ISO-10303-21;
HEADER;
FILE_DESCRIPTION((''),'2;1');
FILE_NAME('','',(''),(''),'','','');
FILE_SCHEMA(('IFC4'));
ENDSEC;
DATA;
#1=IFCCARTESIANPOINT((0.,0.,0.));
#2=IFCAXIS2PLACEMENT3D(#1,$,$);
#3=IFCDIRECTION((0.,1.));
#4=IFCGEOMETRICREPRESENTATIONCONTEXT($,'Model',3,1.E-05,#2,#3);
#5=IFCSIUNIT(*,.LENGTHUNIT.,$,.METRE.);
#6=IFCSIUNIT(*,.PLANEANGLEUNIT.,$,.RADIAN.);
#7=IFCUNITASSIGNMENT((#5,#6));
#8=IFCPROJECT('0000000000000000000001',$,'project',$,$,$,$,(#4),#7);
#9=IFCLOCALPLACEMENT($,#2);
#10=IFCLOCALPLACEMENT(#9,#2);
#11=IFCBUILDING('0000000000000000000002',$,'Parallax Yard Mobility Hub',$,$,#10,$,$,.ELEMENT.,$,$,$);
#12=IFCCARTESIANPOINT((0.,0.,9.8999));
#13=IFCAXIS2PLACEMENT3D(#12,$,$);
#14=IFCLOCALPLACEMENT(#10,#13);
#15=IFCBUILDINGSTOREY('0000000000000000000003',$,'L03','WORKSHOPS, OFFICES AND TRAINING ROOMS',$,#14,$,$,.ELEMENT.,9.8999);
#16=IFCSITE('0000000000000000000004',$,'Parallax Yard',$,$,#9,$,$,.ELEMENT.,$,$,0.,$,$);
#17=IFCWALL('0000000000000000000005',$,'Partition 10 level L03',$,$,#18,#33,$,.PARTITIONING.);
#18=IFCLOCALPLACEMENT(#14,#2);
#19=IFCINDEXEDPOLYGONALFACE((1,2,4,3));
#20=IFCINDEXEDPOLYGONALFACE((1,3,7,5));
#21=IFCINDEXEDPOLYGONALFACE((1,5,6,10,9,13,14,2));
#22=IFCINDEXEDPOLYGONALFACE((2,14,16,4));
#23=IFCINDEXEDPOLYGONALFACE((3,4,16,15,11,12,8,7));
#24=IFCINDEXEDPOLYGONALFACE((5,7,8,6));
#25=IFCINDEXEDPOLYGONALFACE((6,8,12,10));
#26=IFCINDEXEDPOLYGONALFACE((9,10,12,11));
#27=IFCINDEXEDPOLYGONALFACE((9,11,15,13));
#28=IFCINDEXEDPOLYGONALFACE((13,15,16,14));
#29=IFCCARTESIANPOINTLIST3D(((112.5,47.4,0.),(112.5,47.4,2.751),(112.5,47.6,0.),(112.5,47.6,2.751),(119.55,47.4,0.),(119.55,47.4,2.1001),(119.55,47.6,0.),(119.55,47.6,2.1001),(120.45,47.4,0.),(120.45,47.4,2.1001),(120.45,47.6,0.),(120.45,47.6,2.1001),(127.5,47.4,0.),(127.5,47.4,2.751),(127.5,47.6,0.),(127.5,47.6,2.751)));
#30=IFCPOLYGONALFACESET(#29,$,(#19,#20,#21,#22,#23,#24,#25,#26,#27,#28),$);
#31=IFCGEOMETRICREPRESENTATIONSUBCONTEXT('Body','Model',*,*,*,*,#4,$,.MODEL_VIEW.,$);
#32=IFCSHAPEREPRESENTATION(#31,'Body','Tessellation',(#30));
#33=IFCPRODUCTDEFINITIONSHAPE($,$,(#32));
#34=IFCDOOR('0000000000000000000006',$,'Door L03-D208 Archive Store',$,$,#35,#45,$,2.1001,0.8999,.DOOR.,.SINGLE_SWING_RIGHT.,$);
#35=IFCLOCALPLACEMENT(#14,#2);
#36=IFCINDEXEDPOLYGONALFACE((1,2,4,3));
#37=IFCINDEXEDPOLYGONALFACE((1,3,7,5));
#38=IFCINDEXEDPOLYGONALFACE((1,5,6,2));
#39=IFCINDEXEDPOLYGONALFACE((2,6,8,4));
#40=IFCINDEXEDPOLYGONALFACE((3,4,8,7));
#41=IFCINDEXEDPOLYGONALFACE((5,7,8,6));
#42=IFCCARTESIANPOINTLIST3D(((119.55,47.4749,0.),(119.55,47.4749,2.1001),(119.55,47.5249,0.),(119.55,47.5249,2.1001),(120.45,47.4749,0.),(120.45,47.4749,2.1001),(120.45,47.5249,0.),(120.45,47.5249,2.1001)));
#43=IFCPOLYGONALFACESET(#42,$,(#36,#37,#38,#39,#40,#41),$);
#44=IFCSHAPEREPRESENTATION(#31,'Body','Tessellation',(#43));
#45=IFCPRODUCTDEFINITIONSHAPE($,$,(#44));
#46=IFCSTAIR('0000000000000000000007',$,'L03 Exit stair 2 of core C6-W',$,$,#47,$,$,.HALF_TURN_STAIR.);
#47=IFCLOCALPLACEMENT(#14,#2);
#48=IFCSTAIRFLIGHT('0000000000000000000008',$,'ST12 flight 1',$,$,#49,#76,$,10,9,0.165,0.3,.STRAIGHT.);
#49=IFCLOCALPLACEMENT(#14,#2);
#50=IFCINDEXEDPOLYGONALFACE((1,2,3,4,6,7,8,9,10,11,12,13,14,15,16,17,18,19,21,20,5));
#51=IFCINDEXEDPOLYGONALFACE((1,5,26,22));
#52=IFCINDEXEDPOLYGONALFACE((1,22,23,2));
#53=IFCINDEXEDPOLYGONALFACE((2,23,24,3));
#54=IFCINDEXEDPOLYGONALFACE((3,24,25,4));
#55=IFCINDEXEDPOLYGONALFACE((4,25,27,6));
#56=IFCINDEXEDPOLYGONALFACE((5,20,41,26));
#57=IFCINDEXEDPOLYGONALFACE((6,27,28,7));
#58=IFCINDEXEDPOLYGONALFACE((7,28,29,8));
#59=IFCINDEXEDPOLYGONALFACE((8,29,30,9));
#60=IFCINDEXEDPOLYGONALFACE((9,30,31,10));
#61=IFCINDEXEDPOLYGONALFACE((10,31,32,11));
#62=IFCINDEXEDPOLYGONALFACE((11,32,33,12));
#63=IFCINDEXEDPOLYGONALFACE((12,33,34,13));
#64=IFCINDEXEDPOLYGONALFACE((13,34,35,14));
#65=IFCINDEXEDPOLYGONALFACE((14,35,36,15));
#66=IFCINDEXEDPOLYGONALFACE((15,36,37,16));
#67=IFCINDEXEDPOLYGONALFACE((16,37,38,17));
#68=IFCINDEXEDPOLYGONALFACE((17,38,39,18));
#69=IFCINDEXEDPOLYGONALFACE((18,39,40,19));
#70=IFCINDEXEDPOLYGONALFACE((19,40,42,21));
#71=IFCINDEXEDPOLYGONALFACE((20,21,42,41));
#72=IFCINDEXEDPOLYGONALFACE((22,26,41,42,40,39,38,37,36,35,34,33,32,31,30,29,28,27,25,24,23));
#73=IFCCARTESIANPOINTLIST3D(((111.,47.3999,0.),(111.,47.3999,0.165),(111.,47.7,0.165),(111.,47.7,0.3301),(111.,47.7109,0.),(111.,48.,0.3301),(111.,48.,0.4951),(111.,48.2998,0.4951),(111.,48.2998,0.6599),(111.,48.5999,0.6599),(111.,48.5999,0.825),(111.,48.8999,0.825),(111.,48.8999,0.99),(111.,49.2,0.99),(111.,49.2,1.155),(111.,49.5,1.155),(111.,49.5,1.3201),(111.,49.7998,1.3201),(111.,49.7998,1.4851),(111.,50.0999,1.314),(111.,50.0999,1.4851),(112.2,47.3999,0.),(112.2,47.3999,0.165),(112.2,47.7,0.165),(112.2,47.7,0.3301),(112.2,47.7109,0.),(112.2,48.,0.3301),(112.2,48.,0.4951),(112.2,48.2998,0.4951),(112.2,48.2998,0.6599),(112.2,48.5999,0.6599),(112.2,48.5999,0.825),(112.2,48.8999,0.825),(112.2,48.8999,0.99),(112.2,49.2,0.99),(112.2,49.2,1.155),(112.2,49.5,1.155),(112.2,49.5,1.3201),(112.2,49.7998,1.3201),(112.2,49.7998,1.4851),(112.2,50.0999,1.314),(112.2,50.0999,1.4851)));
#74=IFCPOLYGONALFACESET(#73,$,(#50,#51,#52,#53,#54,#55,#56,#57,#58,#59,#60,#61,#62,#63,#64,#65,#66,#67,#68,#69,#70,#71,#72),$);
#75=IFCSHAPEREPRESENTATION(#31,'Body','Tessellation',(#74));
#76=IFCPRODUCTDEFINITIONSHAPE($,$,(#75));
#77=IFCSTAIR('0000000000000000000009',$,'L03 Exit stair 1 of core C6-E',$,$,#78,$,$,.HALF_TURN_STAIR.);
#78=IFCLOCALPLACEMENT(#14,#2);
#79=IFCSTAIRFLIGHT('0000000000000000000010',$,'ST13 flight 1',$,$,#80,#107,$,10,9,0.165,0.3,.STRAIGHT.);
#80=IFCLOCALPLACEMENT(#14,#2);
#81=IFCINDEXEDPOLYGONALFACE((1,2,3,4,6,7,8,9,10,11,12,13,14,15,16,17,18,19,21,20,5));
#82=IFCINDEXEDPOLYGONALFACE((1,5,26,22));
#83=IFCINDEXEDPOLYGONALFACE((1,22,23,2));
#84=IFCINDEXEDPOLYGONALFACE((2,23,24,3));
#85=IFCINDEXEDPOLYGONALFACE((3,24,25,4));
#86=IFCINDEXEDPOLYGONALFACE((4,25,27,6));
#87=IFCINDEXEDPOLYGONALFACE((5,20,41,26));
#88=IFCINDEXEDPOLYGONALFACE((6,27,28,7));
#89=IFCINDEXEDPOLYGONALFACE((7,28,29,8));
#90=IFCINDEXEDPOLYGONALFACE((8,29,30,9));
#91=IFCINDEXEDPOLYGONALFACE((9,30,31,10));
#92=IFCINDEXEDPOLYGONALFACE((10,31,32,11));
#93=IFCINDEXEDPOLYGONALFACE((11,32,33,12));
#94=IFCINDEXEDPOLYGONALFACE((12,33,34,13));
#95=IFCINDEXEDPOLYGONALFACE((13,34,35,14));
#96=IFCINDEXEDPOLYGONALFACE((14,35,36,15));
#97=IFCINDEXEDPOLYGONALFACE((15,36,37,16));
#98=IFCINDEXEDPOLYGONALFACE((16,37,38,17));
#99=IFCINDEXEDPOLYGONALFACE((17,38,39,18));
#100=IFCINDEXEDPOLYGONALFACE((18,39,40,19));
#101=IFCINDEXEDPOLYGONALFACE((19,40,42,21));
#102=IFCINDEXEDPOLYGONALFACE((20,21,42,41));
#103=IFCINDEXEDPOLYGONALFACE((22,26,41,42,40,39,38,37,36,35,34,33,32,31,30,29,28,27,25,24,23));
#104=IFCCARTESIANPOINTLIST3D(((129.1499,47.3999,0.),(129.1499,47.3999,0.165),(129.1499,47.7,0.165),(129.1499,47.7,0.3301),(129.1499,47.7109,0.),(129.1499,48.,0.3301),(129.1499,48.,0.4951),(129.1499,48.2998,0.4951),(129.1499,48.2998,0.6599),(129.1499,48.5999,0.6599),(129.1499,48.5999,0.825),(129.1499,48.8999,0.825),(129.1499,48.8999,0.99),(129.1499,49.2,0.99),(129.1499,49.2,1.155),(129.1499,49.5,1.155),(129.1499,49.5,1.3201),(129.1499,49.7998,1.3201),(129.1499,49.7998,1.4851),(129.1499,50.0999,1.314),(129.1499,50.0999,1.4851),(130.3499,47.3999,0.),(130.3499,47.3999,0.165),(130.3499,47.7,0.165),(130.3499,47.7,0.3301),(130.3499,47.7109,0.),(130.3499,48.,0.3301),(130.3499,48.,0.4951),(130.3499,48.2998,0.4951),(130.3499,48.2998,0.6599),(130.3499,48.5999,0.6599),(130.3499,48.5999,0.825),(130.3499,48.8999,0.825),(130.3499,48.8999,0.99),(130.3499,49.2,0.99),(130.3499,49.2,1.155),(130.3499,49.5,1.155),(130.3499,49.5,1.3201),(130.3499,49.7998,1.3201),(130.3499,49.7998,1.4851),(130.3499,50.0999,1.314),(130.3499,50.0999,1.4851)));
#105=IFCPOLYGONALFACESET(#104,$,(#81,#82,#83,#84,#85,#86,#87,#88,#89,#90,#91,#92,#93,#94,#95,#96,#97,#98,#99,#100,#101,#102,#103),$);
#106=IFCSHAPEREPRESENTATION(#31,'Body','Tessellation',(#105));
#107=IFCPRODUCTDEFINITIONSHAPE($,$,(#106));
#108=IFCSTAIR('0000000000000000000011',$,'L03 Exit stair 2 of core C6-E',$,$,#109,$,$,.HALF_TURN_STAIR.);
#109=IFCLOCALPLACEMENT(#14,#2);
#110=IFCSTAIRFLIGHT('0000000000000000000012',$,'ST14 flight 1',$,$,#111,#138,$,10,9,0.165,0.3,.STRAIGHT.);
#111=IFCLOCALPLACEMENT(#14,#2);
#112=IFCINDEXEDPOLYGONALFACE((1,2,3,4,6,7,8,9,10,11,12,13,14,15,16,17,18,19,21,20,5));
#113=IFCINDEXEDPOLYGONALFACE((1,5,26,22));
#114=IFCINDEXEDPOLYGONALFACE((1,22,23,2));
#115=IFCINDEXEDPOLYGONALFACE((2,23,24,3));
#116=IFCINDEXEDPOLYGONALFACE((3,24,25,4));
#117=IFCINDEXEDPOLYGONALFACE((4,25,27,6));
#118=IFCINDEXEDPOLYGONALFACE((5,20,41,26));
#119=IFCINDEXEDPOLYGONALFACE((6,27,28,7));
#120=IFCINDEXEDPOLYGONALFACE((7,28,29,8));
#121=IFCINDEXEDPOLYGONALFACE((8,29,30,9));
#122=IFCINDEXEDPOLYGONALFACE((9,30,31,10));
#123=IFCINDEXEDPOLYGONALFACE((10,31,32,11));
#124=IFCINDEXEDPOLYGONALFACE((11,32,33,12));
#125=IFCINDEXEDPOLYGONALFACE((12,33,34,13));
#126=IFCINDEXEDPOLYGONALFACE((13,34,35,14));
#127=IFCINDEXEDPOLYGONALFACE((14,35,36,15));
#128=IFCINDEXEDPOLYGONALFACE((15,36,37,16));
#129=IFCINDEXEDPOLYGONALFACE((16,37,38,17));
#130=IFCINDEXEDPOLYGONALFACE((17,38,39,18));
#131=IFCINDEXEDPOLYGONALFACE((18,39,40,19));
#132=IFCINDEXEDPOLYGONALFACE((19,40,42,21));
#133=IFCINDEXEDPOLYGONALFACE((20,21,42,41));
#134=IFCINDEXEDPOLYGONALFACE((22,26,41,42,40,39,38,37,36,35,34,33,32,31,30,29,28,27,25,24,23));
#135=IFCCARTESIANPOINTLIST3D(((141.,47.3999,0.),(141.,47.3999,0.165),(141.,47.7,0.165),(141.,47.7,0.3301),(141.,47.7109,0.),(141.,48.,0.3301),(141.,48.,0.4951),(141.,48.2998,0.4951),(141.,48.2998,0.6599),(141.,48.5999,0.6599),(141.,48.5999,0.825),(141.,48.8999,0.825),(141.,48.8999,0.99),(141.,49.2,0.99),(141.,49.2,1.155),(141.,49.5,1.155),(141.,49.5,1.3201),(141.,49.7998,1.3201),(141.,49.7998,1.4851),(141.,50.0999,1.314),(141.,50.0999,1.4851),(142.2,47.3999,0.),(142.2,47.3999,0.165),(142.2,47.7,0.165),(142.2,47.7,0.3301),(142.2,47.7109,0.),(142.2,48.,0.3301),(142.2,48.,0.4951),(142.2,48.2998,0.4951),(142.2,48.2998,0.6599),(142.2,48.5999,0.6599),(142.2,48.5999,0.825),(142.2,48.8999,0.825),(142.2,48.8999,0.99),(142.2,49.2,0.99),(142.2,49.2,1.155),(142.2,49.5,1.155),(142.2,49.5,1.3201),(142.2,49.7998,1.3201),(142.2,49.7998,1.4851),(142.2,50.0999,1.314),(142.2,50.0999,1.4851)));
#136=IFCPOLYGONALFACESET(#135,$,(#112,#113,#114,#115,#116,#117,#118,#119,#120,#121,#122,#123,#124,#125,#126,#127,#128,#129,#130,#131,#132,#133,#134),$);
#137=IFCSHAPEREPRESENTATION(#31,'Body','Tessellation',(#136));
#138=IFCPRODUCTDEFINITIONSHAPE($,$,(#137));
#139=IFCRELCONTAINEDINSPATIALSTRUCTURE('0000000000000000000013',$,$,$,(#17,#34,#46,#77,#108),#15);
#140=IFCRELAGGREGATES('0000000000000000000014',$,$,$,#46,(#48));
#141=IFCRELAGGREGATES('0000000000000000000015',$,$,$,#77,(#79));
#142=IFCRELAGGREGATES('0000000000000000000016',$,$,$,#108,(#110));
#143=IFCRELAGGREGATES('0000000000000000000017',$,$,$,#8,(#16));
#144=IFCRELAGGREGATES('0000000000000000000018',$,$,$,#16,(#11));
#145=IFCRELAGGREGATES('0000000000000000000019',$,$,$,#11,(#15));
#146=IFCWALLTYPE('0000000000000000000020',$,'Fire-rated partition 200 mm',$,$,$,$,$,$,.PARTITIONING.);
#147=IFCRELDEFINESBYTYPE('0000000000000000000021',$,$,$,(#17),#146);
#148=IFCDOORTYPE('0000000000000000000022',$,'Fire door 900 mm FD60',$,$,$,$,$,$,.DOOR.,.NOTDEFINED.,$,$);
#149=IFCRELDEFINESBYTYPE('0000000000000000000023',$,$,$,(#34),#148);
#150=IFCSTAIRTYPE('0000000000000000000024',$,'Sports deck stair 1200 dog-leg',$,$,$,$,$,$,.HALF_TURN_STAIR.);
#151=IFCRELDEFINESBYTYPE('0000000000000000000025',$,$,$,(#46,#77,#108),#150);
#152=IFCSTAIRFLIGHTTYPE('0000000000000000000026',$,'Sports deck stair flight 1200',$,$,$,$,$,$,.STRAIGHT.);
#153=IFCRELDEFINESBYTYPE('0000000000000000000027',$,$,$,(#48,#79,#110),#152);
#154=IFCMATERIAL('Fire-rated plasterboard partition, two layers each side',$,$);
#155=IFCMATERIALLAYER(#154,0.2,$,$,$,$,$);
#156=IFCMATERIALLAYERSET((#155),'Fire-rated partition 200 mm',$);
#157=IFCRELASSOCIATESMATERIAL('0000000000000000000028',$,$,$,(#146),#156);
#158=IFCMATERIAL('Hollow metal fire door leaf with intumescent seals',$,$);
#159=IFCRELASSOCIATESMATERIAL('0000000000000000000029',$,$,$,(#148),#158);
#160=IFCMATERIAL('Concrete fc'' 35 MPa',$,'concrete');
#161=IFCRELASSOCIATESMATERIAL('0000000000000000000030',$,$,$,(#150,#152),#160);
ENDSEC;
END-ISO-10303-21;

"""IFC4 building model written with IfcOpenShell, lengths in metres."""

from ifc_helpers import new_model, si_unit, direction, frame, frame_2d, origin, place, context, subcontext, project, spatial, polyline, rectangle, outline, extrude, material, layer, layer_set, type_object, element, fill, aggregate, save


model = new_model("IFC4")

# Units and contexts
model_context = context("Model", 3, precision=1e-05, world=origin(), true_north=direction((0.0, 1.0)))
body_context = subcontext(model_context, "Body", "Model", "MODEL_VIEW")
ifc_project = project(units=[si_unit("LENGTHUNIT", "METRE"), si_unit("PLANEANGLEUNIT", "RADIAN")], contexts=[model_context])

# Site, building, storey
site_placement = place(None, origin())
site = spatial("IfcSite", under=ifc_project, at=site_placement, Name="Parallax Yard", CompositionType="ELEMENT", RefElevation=0.0)
building_placement = place(site_placement, origin())
building = spatial("IfcBuilding", under=site, at=building_placement, Name="Parallax Yard Mobility Hub", CompositionType="ELEMENT")
storey_placement = place(building_placement, frame((0.0, 0.0, 9.8999)))
storey = spatial("IfcBuildingStorey", under=building, at=storey_placement, Name="L03", Description="WORKSHOPS, OFFICES AND TRAINING ROOMS", CompositionType="ELEMENT", Elevation=9.8999)

# Shared definitions
ifc_material_1 = material(Name="Concrete fc' 35 MPa", Category="concrete")

# Wall, opening, door
ifc_material_2 = material(Name="Fire-rated plasterboard partition, two layers each side")
ifc_layer_1 = layer(ifc_material_2, 0.2)
ifc_layer_set_1 = layer_set([ifc_layer_1], Name="Fire-rated partition 200 mm")
wall_type_1 = type_object("IfcWallType", Name="Fire-rated partition 200 mm", PredefinedType="PARTITIONING", material=ifc_layer_set_1)
wall_1_placement = place(storey_placement, frame((112.5, 47.5, 0.0), z_axis=(0.0, 0.0, 1.0), x_axis=(1.0, 0.0, 0.0)))
wall_1 = element("IfcWall", 1, at=wall_1_placement, inside=storey, type_object=wall_type_1, Name="Partition 10 level L03", PredefinedType="PARTITIONING", context=body_context, shape_type="SweptSolid", body=[
    extrude(rectangle(XDim=15.0, YDim=0.2, at=frame_2d((7.5, 0.0))), origin(), (0.0, 0.0, 1.0), 2.751),
])
opening_1_placement = place(wall_1_placement, frame((7.05, 0.0, 0.0)))
opening_1 = element("IfcOpeningElement", 2, at=opening_1_placement, cuts=wall_1, PredefinedType="OPENING", context=body_context, shape_type="SweptSolid", body=[
    extrude(rectangle(XDim=0.8999, YDim=2.1001, at=frame_2d((0.45, 1.05))), frame((0.0, 0.1099, 0.0), z_axis=(0.0, -1.0, 0.0), x_axis=(1.0, 0.0, 0.0)), (0.0, 0.0, 1.0), 0.22),
])
ifc_material_3 = material(Name="Hollow metal fire door leaf with intumescent seals")
door_type_1 = type_object("IfcDoorType", Name="Fire door 900 mm FD60", OperationType="NOTDEFINED", PredefinedType="DOOR", material=ifc_material_3)
door_1_placement = place(opening_1_placement, origin())
door_1 = element("IfcDoor", 3, at=door_1_placement, inside=storey, type_object=door_type_1, Name="Door L03-D208 Archive Store", OperationType="SINGLE_SWING_RIGHT", OverallHeight=2.1001, OverallWidth=0.8999, PredefinedType="DOOR", context=body_context, shape_type="SweptSolid", body=[
    extrude(rectangle(XDim=0.8999, YDim=2.1001, at=frame_2d((0.45, 1.05))), frame((0.0, 0.0249, 0.0), z_axis=(0.0, -1.0, 0.0), x_axis=(1.0, 0.0, 0.0)), (0.0, 0.0, 1.0), 0.05),
])
fill(opening_1, door_1)

# Stairs, stair flights
stair_type = type_object("IfcStairType", Name="Sports deck stair 1200 dog-leg", PredefinedType="HALF_TURN_STAIR", material=ifc_material_1)
stair_1_placement = place(storey_placement, origin())
stair_1 = element("IfcStair", 4, at=stair_1_placement, inside=storey, type_object=stair_type, Name="L03 Exit stair 2 of core C6-W", PredefinedType="HALF_TURN_STAIR")
stair_flight_type = type_object("IfcStairFlightType", Name="Sports deck stair flight 1200", PredefinedType="STRAIGHT", material=ifc_material_1)
stair_flight_1_placement = place(storey_placement, frame((111.6001, 47.3999, 0.0), z_axis=(0.0, 0.0, 1.0), x_axis=(0.0, 1.0, 0.0)))
stair_flight_1 = element("IfcStairFlight", 5, at=stair_flight_1_placement, type_object=stair_flight_type, Name="ST12 flight 1", NumberOfRisers=10, NumberOfTreads=9, PredefinedType="STRAIGHT", RiserHeight=0.165, TreadLength=0.3, context=body_context, shape_type="SweptSolid", body=[
    extrude(outline(polyline([(0.0, 0.0), (0.0, 0.165), (0.3, 0.165), (0.3, 0.3301), (0.6001, 0.3301), (0.6001, 0.4951), (0.8999, 0.4951), (0.8999, 0.6599), (1.2, 0.6599), (1.2, 0.825), (1.5, 0.825), (1.5, 0.99), (1.8, 0.99), (1.8, 1.155), (2.1001, 1.155), (2.1001, 1.3201), (2.3999, 1.3201), (2.3999, 1.4851), (2.7, 1.4851), (2.7, 1.6499), (2.7, 1.314), (0.311, 0.0), (0.0, 0.0)])), frame((0.0, 0.6001, 0.0), z_axis=(0.0, -1.0, 0.0), x_axis=(1.0, 0.0, 0.0)), (0.0, 0.0, 1.0), 1.2),
])
aggregate(stair_1, [stair_flight_1])
stair_2_placement = place(storey_placement, origin())
stair_2 = element("IfcStair", 6, at=stair_2_placement, inside=storey, type_object=stair_type, Name="L03 Exit stair 1 of core C6-E", PredefinedType="HALF_TURN_STAIR")
stair_flight_2_placement = place(storey_placement, frame((129.75, 47.3999, 0.0), z_axis=(0.0, 0.0, 1.0), x_axis=(0.0, 1.0, 0.0)))
stair_flight_2 = element("IfcStairFlight", 7, at=stair_flight_2_placement, type_object=stair_flight_type, Name="ST13 flight 1", NumberOfRisers=10, NumberOfTreads=9, PredefinedType="STRAIGHT", RiserHeight=0.165, TreadLength=0.3, context=body_context, shape_type="SweptSolid", body=[
    extrude(outline(polyline([(0.0, 0.0), (0.0, 0.165), (0.3, 0.165), (0.3, 0.3301), (0.6001, 0.3301), (0.6001, 0.4951), (0.8999, 0.4951), (0.8999, 0.6599), (1.2, 0.6599), (1.2, 0.825), (1.5, 0.825), (1.5, 0.99), (1.8, 0.99), (1.8, 1.155), (2.1001, 1.155), (2.1001, 1.3201), (2.3999, 1.3201), (2.3999, 1.4851), (2.7, 1.4851), (2.7, 1.6499), (2.7, 1.314), (0.311, 0.0), (0.0, 0.0)])), frame((0.0, 0.6001, 0.0), z_axis=(0.0, -1.0, 0.0), x_axis=(1.0, 0.0, 0.0)), (0.0, 0.0, 1.0), 1.2),
])
aggregate(stair_2, [stair_flight_2])
stair_3_placement = place(storey_placement, origin())
stair_3 = element("IfcStair", 8, at=stair_3_placement, inside=storey, type_object=stair_type, Name="L03 Exit stair 2 of core C6-E", PredefinedType="HALF_TURN_STAIR")
stair_flight_3_placement = place(storey_placement, frame((141.6001, 47.3999, 0.0), z_axis=(0.0, 0.0, 1.0), x_axis=(0.0, 1.0, 0.0)))
stair_flight_3 = element("IfcStairFlight", 9, at=stair_flight_3_placement, type_object=stair_flight_type, Name="ST14 flight 1", NumberOfRisers=10, NumberOfTreads=9, PredefinedType="STRAIGHT", RiserHeight=0.165, TreadLength=0.3, context=body_context, shape_type="SweptSolid", body=[
    extrude(outline(polyline([(0.0, 0.0), (0.0, 0.165), (0.3, 0.165), (0.3, 0.3301), (0.6001, 0.3301), (0.6001, 0.4951), (0.8999, 0.4951), (0.8999, 0.6599), (1.2, 0.6599), (1.2, 0.825), (1.5, 0.825), (1.5, 0.99), (1.8, 0.99), (1.8, 1.155), (2.1001, 1.155), (2.1001, 1.3201), (2.3999, 1.3201), (2.3999, 1.4851), (2.7, 1.4851), (2.7, 1.6499), (2.7, 1.314), (0.311, 0.0), (0.0, 0.0)])), frame((0.0, 0.6001, 0.0), z_axis=(0.0, -1.0, 0.0), x_axis=(1.0, 0.0, 0.0)), (0.0, 0.0, 1.0), 1.2),
])
aggregate(stair_3, [stair_flight_3])

save(model, "model.ifc")
